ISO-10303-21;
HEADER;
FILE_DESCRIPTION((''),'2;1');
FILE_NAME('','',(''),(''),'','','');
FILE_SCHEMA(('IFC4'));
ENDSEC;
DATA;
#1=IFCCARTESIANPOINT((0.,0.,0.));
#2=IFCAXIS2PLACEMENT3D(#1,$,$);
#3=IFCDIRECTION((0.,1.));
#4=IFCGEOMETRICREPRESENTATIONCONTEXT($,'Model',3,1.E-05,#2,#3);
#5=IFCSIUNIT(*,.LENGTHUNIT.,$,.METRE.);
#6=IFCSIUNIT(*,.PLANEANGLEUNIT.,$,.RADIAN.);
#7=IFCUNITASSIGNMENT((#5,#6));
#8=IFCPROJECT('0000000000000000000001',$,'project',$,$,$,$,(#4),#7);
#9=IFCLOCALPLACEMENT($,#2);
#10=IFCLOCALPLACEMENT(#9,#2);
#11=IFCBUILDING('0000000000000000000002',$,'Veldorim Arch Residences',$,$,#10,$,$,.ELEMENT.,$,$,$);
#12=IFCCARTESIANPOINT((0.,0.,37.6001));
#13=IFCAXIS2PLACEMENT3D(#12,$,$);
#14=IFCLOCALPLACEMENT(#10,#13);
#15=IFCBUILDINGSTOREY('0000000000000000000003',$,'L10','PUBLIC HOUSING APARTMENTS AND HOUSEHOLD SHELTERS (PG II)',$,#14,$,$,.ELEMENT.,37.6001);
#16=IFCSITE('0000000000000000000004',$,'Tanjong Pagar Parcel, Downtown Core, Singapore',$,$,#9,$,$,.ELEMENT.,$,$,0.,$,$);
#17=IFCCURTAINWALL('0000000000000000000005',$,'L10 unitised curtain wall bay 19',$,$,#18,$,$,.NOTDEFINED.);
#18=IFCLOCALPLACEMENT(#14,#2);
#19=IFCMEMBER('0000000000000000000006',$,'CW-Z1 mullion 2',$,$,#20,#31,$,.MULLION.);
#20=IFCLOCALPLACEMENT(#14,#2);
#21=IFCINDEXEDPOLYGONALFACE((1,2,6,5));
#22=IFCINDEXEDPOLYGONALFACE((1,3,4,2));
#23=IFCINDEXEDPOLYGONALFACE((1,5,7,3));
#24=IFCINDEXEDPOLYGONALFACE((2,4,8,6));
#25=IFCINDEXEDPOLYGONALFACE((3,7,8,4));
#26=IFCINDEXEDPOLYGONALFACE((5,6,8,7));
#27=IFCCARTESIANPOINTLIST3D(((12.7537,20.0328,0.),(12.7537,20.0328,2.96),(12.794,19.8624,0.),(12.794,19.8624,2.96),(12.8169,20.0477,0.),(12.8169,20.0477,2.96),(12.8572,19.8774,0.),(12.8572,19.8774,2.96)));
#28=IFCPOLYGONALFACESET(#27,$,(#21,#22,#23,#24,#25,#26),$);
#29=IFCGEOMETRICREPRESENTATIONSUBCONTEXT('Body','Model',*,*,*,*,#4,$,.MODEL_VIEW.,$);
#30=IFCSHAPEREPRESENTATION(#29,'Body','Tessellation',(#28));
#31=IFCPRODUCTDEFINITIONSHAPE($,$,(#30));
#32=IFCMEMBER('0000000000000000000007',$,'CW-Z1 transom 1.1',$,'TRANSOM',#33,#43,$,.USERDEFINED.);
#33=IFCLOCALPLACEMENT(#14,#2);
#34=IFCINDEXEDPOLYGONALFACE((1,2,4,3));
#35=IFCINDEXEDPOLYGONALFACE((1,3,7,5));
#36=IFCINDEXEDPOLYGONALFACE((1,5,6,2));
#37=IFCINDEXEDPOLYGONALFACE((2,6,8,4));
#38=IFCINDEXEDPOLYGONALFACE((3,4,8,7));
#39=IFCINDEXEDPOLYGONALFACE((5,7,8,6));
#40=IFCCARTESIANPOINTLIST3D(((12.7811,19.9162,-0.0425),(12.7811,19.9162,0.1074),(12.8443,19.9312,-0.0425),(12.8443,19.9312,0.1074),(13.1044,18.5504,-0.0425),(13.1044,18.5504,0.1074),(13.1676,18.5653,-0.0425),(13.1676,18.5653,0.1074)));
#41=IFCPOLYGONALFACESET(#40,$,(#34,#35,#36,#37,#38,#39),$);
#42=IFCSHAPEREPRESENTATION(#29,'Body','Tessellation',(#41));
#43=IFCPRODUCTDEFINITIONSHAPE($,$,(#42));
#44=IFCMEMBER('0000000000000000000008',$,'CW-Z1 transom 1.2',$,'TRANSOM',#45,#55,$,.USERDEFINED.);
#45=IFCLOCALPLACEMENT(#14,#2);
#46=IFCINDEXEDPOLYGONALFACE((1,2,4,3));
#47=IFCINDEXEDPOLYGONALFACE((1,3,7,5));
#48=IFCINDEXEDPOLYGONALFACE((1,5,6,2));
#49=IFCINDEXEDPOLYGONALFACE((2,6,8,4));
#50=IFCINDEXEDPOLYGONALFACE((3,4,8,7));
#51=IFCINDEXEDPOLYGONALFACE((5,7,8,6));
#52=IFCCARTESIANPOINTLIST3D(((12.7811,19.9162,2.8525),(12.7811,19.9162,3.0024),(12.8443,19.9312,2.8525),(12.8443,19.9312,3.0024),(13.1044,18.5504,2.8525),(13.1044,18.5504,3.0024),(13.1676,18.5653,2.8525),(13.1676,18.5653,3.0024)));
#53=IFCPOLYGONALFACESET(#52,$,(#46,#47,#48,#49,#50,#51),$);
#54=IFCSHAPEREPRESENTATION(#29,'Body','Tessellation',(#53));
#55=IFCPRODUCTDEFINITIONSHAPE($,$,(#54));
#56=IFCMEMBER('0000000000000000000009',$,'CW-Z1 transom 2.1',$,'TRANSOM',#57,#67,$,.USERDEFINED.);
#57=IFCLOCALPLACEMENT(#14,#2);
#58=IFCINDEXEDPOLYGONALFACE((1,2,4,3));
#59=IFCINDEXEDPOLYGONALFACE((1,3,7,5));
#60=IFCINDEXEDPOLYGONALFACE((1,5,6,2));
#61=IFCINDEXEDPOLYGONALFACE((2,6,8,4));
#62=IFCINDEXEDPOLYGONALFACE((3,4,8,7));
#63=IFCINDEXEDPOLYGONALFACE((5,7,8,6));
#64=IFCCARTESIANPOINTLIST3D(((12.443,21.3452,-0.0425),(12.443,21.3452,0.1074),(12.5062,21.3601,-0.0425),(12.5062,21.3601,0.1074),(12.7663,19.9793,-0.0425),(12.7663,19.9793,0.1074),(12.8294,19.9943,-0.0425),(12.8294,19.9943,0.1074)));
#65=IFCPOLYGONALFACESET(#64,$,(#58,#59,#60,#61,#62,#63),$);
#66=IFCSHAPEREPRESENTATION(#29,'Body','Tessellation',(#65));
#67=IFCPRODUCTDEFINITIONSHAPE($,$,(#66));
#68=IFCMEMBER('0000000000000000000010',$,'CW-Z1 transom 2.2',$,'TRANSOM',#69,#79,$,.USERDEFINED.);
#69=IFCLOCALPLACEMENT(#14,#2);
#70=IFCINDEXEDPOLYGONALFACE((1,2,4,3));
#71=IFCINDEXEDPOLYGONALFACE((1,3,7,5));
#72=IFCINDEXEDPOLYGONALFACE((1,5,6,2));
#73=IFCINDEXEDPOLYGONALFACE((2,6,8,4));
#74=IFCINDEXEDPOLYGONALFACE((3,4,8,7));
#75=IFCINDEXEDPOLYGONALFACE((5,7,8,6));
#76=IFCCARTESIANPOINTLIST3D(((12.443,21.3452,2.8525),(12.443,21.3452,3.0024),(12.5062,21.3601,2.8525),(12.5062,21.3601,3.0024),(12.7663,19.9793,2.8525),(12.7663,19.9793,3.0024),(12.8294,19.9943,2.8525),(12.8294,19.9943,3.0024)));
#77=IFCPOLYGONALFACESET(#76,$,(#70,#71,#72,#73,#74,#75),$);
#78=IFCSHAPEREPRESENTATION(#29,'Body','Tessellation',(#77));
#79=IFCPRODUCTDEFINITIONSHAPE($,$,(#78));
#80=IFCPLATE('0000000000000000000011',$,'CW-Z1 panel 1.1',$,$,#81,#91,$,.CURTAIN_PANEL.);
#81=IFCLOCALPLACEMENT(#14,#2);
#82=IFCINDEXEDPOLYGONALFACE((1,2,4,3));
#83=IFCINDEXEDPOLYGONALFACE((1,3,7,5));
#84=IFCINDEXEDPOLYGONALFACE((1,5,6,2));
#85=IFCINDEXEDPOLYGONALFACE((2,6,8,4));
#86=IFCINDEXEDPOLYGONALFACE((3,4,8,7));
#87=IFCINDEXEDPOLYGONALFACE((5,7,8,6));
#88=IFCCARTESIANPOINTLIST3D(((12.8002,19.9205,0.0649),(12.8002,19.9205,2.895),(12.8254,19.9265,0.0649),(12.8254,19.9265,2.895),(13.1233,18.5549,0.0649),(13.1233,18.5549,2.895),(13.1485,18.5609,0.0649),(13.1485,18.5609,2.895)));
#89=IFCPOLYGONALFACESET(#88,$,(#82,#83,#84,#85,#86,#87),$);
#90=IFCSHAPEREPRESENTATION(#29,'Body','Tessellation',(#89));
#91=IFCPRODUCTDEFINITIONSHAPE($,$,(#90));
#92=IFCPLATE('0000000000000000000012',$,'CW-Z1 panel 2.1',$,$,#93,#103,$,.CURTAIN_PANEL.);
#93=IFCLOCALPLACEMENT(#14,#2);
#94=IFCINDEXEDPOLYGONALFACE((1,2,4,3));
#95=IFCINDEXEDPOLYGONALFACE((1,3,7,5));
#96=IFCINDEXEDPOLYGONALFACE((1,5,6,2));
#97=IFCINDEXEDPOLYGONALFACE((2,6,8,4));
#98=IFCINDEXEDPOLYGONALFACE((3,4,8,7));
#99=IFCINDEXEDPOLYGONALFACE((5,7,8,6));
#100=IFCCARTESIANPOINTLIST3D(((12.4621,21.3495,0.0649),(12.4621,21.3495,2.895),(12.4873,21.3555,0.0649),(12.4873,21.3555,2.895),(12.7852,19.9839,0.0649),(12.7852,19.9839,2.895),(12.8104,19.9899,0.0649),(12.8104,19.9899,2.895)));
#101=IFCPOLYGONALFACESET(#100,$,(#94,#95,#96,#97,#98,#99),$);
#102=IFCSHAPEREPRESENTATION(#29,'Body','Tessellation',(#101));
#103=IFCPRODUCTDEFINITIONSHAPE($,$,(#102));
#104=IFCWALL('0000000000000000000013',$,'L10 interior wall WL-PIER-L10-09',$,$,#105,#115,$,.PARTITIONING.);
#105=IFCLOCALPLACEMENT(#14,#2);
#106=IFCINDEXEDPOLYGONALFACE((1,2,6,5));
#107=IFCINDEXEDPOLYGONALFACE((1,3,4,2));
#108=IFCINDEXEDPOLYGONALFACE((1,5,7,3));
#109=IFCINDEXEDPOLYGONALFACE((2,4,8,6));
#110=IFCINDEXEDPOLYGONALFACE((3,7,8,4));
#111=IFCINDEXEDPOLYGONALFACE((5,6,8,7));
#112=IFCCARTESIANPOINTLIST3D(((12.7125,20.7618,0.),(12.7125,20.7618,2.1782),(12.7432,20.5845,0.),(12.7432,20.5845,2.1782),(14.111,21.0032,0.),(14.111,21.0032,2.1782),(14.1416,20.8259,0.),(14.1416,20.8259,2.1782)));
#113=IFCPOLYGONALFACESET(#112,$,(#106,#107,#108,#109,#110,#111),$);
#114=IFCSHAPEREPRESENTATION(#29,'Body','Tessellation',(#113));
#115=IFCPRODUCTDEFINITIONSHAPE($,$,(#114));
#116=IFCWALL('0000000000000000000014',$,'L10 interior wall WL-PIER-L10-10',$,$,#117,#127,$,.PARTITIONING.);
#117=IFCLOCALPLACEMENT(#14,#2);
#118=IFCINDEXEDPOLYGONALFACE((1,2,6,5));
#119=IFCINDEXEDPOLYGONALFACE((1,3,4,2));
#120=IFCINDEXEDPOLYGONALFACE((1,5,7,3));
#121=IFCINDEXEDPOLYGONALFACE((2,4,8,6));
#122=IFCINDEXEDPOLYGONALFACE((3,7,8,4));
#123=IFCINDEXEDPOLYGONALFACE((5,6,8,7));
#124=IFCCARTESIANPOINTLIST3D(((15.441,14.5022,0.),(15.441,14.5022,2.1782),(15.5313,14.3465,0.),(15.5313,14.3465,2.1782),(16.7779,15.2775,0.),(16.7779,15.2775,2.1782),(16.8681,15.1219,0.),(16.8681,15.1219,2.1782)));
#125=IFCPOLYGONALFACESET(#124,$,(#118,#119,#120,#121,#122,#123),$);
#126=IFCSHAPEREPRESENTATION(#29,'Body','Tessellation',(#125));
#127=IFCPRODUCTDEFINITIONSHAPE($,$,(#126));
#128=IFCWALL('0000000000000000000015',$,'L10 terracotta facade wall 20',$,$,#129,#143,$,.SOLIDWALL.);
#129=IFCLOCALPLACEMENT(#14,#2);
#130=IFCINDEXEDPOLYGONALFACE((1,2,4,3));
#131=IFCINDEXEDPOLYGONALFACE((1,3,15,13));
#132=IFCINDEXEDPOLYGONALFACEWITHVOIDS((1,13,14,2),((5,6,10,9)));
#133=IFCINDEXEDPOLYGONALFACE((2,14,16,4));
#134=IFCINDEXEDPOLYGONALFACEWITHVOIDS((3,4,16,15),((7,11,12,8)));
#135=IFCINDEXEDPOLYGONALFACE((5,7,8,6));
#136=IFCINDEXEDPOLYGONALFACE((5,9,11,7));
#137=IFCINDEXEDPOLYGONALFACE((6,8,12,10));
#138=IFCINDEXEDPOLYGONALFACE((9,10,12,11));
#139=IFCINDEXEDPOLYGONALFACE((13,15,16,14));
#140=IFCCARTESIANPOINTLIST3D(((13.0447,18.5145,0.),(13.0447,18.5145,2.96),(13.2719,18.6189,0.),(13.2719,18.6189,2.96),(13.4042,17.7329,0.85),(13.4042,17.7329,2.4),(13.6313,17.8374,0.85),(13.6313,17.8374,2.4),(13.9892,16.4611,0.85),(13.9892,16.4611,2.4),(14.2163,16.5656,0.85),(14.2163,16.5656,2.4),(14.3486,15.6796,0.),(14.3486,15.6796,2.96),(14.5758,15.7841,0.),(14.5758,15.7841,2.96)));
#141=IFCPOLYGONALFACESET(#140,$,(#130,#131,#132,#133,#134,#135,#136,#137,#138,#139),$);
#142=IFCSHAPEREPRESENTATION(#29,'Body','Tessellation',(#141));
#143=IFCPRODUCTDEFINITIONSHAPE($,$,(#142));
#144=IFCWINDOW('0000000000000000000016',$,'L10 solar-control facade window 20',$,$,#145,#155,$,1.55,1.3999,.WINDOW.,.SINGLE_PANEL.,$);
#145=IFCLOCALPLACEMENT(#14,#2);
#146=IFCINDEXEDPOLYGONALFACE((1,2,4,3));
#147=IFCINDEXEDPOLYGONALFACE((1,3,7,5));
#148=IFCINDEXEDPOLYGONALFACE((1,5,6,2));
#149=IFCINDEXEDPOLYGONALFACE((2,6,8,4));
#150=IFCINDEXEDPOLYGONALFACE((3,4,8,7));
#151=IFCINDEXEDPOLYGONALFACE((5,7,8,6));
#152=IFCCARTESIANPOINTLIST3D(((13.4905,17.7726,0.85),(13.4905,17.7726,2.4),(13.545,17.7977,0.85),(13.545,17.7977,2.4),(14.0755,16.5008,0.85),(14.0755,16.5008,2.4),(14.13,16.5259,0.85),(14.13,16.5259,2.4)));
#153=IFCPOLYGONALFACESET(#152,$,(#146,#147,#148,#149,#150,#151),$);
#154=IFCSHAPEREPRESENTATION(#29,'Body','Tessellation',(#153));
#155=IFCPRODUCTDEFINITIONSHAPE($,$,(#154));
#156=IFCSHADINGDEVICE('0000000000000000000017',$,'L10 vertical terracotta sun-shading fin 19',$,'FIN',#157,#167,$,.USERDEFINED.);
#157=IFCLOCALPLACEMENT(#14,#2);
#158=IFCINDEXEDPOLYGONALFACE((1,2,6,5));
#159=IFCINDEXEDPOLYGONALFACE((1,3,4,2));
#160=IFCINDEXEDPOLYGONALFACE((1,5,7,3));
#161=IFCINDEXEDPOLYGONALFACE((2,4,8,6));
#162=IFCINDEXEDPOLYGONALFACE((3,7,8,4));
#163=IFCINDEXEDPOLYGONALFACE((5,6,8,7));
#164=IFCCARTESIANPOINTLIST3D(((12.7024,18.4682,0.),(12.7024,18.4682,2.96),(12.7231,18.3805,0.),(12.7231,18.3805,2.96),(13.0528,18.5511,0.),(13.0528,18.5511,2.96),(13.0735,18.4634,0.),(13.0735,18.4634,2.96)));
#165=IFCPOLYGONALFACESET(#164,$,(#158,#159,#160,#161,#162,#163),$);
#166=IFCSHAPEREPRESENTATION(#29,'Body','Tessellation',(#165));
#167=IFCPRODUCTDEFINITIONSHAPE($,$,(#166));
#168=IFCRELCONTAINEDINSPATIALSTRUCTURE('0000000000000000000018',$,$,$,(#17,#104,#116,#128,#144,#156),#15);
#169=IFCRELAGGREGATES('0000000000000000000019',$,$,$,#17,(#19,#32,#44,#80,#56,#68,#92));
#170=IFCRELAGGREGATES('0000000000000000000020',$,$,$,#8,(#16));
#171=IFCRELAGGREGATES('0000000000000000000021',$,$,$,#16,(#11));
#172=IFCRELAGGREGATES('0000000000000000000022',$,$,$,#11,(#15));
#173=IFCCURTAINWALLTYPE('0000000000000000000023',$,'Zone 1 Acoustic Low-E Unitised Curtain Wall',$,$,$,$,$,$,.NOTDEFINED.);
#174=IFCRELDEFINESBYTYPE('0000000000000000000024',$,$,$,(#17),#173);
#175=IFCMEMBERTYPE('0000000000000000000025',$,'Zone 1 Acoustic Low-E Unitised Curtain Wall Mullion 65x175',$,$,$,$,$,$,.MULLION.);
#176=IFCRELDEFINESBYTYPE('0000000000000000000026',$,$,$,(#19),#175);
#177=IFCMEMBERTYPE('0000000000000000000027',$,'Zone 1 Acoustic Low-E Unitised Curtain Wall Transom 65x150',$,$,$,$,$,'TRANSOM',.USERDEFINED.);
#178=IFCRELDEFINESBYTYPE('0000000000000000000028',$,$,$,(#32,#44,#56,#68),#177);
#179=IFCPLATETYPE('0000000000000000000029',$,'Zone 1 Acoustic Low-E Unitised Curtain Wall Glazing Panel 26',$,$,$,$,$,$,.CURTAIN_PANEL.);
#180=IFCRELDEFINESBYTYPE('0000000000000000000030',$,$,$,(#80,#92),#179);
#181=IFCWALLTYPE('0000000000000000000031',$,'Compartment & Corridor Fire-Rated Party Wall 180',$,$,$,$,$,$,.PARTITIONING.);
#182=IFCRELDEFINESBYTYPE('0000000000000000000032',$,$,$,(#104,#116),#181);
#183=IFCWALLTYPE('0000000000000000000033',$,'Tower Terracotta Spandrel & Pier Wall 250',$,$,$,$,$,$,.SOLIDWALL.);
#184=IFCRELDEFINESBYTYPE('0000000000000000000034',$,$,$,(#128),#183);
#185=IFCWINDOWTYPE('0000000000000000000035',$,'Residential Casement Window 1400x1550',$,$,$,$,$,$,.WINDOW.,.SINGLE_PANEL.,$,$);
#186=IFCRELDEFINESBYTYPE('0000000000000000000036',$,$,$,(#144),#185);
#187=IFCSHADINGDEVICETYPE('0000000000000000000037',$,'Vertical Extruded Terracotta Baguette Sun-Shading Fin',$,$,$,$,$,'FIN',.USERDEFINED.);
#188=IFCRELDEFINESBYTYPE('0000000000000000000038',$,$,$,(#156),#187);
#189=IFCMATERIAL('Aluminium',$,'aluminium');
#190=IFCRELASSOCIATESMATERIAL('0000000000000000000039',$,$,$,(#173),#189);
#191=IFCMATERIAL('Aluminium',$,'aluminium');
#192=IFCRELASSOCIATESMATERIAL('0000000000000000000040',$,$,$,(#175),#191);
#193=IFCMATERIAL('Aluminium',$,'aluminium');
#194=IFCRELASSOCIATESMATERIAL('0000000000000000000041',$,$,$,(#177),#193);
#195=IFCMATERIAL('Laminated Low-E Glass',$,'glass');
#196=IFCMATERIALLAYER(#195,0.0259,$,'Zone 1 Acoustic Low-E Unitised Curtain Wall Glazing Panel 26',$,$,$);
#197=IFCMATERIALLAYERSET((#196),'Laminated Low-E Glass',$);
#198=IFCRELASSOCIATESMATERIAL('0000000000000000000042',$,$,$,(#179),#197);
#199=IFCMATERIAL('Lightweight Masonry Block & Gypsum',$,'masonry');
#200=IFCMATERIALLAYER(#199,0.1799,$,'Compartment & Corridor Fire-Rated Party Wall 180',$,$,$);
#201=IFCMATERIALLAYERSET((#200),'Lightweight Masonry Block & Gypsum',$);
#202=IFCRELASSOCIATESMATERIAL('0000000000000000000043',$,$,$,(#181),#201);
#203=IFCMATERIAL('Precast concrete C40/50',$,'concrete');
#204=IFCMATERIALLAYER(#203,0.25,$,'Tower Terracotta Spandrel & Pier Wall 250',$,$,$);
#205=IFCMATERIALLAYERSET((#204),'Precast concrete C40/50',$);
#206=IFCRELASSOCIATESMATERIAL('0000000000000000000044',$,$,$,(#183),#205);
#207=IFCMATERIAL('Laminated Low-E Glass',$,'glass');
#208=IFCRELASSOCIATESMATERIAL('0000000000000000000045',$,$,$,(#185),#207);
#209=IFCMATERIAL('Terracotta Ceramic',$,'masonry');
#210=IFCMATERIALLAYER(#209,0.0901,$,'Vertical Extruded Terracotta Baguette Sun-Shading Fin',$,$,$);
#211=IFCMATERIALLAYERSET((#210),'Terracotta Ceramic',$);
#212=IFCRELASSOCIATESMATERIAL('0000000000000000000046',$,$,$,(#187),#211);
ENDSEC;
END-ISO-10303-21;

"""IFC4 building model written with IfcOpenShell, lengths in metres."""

from ifc_helpers import new_model, si_unit, direction, frame, frame_2d, origin, origin_2d, place, context, subcontext, project, spatial, rectangle, extrude, material, layer, layer_set, material_profile, profile_set, type_object, element, fill, aggregate, save


model = new_model("IFC4")

# Units and contexts
model_context = context("Model", 3, precision=1e-05, world=origin(), true_north=direction((0.0, 1.0)))
body_context = subcontext(model_context, "Body", "Model", "MODEL_VIEW")
ifc_project = project(units=[si_unit("LENGTHUNIT", "METRE"), si_unit("PLANEANGLEUNIT", "RADIAN")], contexts=[model_context])

# Site, building, storey
site_placement = place(None, origin())
site = spatial("IfcSite", under=ifc_project, at=site_placement, Name="Tanjong Pagar Parcel, Downtown Core, Singapore", CompositionType="ELEMENT", RefElevation=0.0)
building_placement = place(site_placement, origin())
building = spatial("IfcBuilding", under=site, at=building_placement, Name="Veldorim Arch Residences", CompositionType="ELEMENT")
storey_placement = place(building_placement, frame((0.0, 0.0, 37.6001)))
storey = spatial("IfcBuildingStorey", under=building, at=storey_placement, Name="L10", Description="PUBLIC HOUSING APARTMENTS AND HOUSEHOLD SHELTERS (PG II)", CompositionType="ELEMENT", Elevation=37.6001)

# Curtain wall, members, plates
ifc_material_1 = material(Name="Aluminium", Category="aluminium")
curtain_wall_type = type_object("IfcCurtainWallType", Name="Zone 1 Acoustic Low-E Unitised Curtain Wall", PredefinedType="NOTDEFINED", material=ifc_material_1)
curtain_wall_placement = place(storey_placement, origin())
curtain_wall = element("IfcCurtainWall", 1, at=curtain_wall_placement, inside=storey, type_object=curtain_wall_type, Name="L10 unitised curtain wall bay 19", PredefinedType="NOTDEFINED")
ifc_material_2 = material(Name="Aluminium", Category="aluminium")
ifc_material_profile_1 = material_profile(ifc_material_2, rectangle(XDim=0.0649, YDim=0.175, at=origin_2d()), Name="ALU_MUL_65x175")
ifc_profile_set_1 = profile_set([ifc_material_profile_1], Name="Aluminium")
member_type_1 = type_object("IfcMemberType", Name="Zone 1 Acoustic Low-E Unitised Curtain Wall Mullion 65x175", PredefinedType="MULLION", material=ifc_profile_set_1)
member_1_placement = place(storey_placement, frame((12.8054, 19.9551, 0.0), z_axis=(0.0, 0.0, 1.0), x_axis=(-0.97313, -0.230257, 0.0)))
member_1 = element("IfcMember", 2, at=member_1_placement, type_object=member_type_1, Name="CW-Z1 mullion 2", PredefinedType="MULLION", context=body_context, shape_type="SweptSolid", body=[
    extrude(rectangle(XDim=0.0649, YDim=0.175, at=origin_2d()), origin(), (0.0, 0.0, 1.0), 2.96),
])
ifc_material_3 = material(Name="Aluminium", Category="aluminium")
ifc_material_profile_2 = material_profile(ifc_material_3, rectangle(XDim=0.0649, YDim=0.1499, at=origin_2d()), Name="ALU_TRN_65x150")
ifc_profile_set_2 = profile_set([ifc_material_profile_2], Name="Aluminium")
member_type_2 = type_object("IfcMemberType", Name="Zone 1 Acoustic Low-E Unitised Curtain Wall Transom 65x150", ElementType="TRANSOM", PredefinedType="USERDEFINED", material=ifc_profile_set_2)
member_2_placement = place(storey_placement, frame((13.136, 18.5579, 0.0325), z_axis=(-0.230319, 0.973115, 0.0), x_axis=(-0.973115, -0.230319, 0.0)))
member_2 = element("IfcMember", 3, at=member_2_placement, type_object=member_type_2, Name="CW-Z1 transom 1.1", ObjectType="TRANSOM", PredefinedType="USERDEFINED", context=body_context, shape_type="SweptSolid", body=[
    extrude(rectangle(XDim=0.0649, YDim=0.1499, at=origin_2d()), origin(), (0.0, 0.0, 1.0), 1.4036),
])
member_3_placement = place(storey_placement, frame((13.136, 18.5579, 2.9275), z_axis=(-0.230319, 0.973115, 0.0), x_axis=(-0.973115, -0.230319, 0.0)))
member_3 = element("IfcMember", 4, at=member_3_placement, type_object=member_type_2, Name="CW-Z1 transom 1.2", ObjectType="TRANSOM", PredefinedType="USERDEFINED", context=body_context, shape_type="SweptSolid", body=[
    extrude(rectangle(XDim=0.0649, YDim=0.1499, at=origin_2d()), origin(), (0.0, 0.0, 1.0), 1.4036),
])
member_4_placement = place(storey_placement, frame((12.7979, 19.9868, 0.0325), z_axis=(-0.230319, 0.973115, 0.0), x_axis=(-0.973115, -0.230319, 0.0)))
member_4 = element("IfcMember", 5, at=member_4_placement, type_object=member_type_2, Name="CW-Z1 transom 2.1", ObjectType="TRANSOM", PredefinedType="USERDEFINED", context=body_context, shape_type="SweptSolid", body=[
    extrude(rectangle(XDim=0.0649, YDim=0.1499, at=origin_2d()), origin(), (0.0, 0.0, 1.0), 1.4036),
])
member_5_placement = place(storey_placement, frame((12.7979, 19.9868, 2.9275), z_axis=(-0.230319, 0.973115, 0.0), x_axis=(-0.973115, -0.230319, 0.0)))
member_5 = element("IfcMember", 6, at=member_5_placement, type_object=member_type_2, Name="CW-Z1 transom 2.2", ObjectType="TRANSOM", PredefinedType="USERDEFINED", context=body_context, shape_type="SweptSolid", body=[
    extrude(rectangle(XDim=0.0649, YDim=0.1499, at=origin_2d()), origin(), (0.0, 0.0, 1.0), 1.4036),
])
ifc_material_4 = material(Name="Laminated Low-E Glass", Category="glass")
ifc_layer_1 = layer(ifc_material_4, 0.0259, Name="Zone 1 Acoustic Low-E Unitised Curtain Wall Glazing Panel 26")
ifc_layer_set_1 = layer_set([ifc_layer_1], Name="Laminated Low-E Glass")
plate_type = type_object("IfcPlateType", Name="Zone 1 Acoustic Low-E Unitised Curtain Wall Glazing Panel 26", PredefinedType="CURTAIN_PANEL", material=ifc_layer_set_1)
plate_1_placement = place(storey_placement, frame((12.9744, 19.2407, 0.0649), z_axis=(0.0, 0.0, 1.0), x_axis=(-0.230257, 0.97313, 0.0)))
plate_1 = element("IfcPlate", 7, at=plate_1_placement, type_object=plate_type, Name="CW-Z1 panel 1.1", PredefinedType="CURTAIN_PANEL", context=body_context, shape_type="SweptSolid", body=[
    extrude(rectangle(XDim=1.4033, YDim=0.0259, at=origin_2d()), origin(), (0.0, 0.0, 1.0), 2.8301),
])
plate_2_placement = place(storey_placement, frame((12.6362, 20.6697, 0.0649), z_axis=(0.0, 0.0, 1.0), x_axis=(-0.230257, 0.97313, 0.0)))
plate_2 = element("IfcPlate", 8, at=plate_2_placement, type_object=plate_type, Name="CW-Z1 panel 2.1", PredefinedType="CURTAIN_PANEL", context=body_context, shape_type="SweptSolid", body=[
    extrude(rectangle(XDim=1.4033, YDim=0.0259, at=origin_2d()), origin(), (0.0, 0.0, 1.0), 2.8301),
])
aggregate(curtain_wall, [member_1, member_2, member_3, plate_1, member_4, member_5, plate_2])

# Walls
ifc_material_5 = material(Name="Lightweight Masonry Block & Gypsum", Category="masonry")
ifc_layer_2 = layer(ifc_material_5, 0.1799, Name="Compartment & Corridor Fire-Rated Party Wall 180")
ifc_layer_set_2 = layer_set([ifc_layer_2], Name="Lightweight Masonry Block & Gypsum")
wall_type_1 = type_object("IfcWallType", Name="Compartment & Corridor Fire-Rated Party Wall 180", PredefinedType="PARTITIONING", material=ifc_layer_set_2)
wall_1_placement = place(storey_placement, frame((14.1262, 20.9146, 0.0), z_axis=(0.0, 0.0, 1.0), x_axis=(-0.985419, -0.170143, 0.0)))
element("IfcWall", 9, at=wall_1_placement, inside=storey, type_object=wall_type_1, Name="L10 interior wall WL-PIER-L10-09", PredefinedType="PARTITIONING", context=body_context, shape_type="SweptSolid", body=[
    extrude(rectangle(XDim=1.4192, YDim=0.1799, at=frame_2d((0.7095, 0.0))), origin(), (0.0, 0.0, 1.0), 2.1782),
])
wall_2_placement = place(storey_placement, frame((16.823, 15.1997, 0.0), z_axis=(0.0, 0.0, 1.0), x_axis=(-0.865037, -0.501709, 0.0)))
element("IfcWall", 10, at=wall_2_placement, inside=storey, type_object=wall_type_1, Name="L10 interior wall WL-PIER-L10-10", PredefinedType="PARTITIONING", context=body_context, shape_type="SweptSolid", body=[
    extrude(rectangle(XDim=1.5454, YDim=0.1799, at=frame_2d((0.7727, 0.0))), origin(), (0.0, 0.0, 1.0), 2.1782),
])

# Wall, opening, window
ifc_material_6 = material(Name="Precast concrete C40/50", Category="concrete")
ifc_layer_3 = layer(ifc_material_6, 0.25, Name="Tower Terracotta Spandrel & Pier Wall 250")
ifc_layer_set_3 = layer_set([ifc_layer_3], Name="Precast concrete C40/50")
wall_type_2 = type_object("IfcWallType", Name="Tower Terracotta Spandrel & Pier Wall 250", PredefinedType="SOLIDWALL", material=ifc_layer_set_3)
wall_3_placement = place(storey_placement, frame((14.4622, 15.7319, 0.0), z_axis=(0.0, 0.0, 1.0), x_axis=(-0.417872, 0.908506, 0.0)))
wall_3 = element("IfcWall", 11, at=wall_3_placement, inside=storey, type_object=wall_type_2, Name="L10 terracotta facade wall 20", PredefinedType="SOLIDWALL", context=body_context, shape_type="SweptSolid", body=[
    extrude(rectangle(XDim=3.1204, YDim=0.25, at=frame_2d((1.5601, 0.0))), origin(), (0.0, 0.0, 1.0), 2.96),
])
opening_placement = place(wall_3_placement, frame((0.8601, 0.0, 0.8501)))
opening = element("IfcOpeningElement", 12, at=opening_placement, cuts=wall_3, PredefinedType="OPENING", context=body_context, shape_type="SweptSolid", body=[
    extrude(rectangle(XDim=1.3999, YDim=1.55, at=frame_2d((0.7, 0.7749))), frame((0.0, 0.135, 0.0), z_axis=(0.0, -1.0, 0.0), x_axis=(1.0, 0.0, 0.0)), (0.0, 0.0, 1.0), 0.27),
])
ifc_material_7 = material(Name="Laminated Low-E Glass", Category="glass")
window_type = type_object("IfcWindowType", Name="Residential Casement Window 1400x1550", PartitioningType="SINGLE_PANEL", PredefinedType="WINDOW", material=ifc_material_7)
window_placement = place(opening_placement, origin())
window = element("IfcWindow", 13, at=window_placement, inside=storey, type_object=window_type, Name="L10 solar-control facade window 20", OverallHeight=1.55, OverallWidth=1.3999, PartitioningType="SINGLE_PANEL", PredefinedType="WINDOW", context=body_context, shape_type="SweptSolid", body=[
    extrude(rectangle(XDim=1.3999, YDim=1.55, at=frame_2d((0.7, 0.7749))), frame((0.0, 0.03, 0.0), z_axis=(0.0, -1.0, 0.0), x_axis=(1.0, 0.0, 0.0)), (0.0, 0.0, 1.0), 0.0601),
])
fill(opening, window)

# Shading device
ifc_material_8 = material(Name="Terracotta Ceramic", Category="masonry")
ifc_layer_4 = layer(ifc_material_8, 0.0901, Name="Vertical Extruded Terracotta Baguette Sun-Shading Fin")
ifc_layer_set_4 = layer_set([ifc_layer_4], Name="Terracotta Ceramic")
shading_device_type = type_object("IfcShadingDeviceType", Name="Vertical Extruded Terracotta Baguette Sun-Shading Fin", ElementType="FIN", PredefinedType="USERDEFINED", material=ifc_layer_set_4)
shading_device_placement = place(storey_placement, frame((12.8879, 18.4658, 0.0), z_axis=(0.0, 0.0, 1.0), x_axis=(-0.23022, 0.973139, 0.0)))
element("IfcShadingDevice", 14, at=shading_device_placement, inside=storey, type_object=shading_device_type, Name="L10 vertical terracotta sun-shading fin 19", ObjectType="FIN", PredefinedType="USERDEFINED", context=body_context, shape_type="SweptSolid", body=[
    extrude(rectangle(XDim=0.0901, YDim=0.3601, at=origin_2d()), origin(), (0.0, 0.0, 1.0), 2.96),
])

save(model, "model.ifc")
